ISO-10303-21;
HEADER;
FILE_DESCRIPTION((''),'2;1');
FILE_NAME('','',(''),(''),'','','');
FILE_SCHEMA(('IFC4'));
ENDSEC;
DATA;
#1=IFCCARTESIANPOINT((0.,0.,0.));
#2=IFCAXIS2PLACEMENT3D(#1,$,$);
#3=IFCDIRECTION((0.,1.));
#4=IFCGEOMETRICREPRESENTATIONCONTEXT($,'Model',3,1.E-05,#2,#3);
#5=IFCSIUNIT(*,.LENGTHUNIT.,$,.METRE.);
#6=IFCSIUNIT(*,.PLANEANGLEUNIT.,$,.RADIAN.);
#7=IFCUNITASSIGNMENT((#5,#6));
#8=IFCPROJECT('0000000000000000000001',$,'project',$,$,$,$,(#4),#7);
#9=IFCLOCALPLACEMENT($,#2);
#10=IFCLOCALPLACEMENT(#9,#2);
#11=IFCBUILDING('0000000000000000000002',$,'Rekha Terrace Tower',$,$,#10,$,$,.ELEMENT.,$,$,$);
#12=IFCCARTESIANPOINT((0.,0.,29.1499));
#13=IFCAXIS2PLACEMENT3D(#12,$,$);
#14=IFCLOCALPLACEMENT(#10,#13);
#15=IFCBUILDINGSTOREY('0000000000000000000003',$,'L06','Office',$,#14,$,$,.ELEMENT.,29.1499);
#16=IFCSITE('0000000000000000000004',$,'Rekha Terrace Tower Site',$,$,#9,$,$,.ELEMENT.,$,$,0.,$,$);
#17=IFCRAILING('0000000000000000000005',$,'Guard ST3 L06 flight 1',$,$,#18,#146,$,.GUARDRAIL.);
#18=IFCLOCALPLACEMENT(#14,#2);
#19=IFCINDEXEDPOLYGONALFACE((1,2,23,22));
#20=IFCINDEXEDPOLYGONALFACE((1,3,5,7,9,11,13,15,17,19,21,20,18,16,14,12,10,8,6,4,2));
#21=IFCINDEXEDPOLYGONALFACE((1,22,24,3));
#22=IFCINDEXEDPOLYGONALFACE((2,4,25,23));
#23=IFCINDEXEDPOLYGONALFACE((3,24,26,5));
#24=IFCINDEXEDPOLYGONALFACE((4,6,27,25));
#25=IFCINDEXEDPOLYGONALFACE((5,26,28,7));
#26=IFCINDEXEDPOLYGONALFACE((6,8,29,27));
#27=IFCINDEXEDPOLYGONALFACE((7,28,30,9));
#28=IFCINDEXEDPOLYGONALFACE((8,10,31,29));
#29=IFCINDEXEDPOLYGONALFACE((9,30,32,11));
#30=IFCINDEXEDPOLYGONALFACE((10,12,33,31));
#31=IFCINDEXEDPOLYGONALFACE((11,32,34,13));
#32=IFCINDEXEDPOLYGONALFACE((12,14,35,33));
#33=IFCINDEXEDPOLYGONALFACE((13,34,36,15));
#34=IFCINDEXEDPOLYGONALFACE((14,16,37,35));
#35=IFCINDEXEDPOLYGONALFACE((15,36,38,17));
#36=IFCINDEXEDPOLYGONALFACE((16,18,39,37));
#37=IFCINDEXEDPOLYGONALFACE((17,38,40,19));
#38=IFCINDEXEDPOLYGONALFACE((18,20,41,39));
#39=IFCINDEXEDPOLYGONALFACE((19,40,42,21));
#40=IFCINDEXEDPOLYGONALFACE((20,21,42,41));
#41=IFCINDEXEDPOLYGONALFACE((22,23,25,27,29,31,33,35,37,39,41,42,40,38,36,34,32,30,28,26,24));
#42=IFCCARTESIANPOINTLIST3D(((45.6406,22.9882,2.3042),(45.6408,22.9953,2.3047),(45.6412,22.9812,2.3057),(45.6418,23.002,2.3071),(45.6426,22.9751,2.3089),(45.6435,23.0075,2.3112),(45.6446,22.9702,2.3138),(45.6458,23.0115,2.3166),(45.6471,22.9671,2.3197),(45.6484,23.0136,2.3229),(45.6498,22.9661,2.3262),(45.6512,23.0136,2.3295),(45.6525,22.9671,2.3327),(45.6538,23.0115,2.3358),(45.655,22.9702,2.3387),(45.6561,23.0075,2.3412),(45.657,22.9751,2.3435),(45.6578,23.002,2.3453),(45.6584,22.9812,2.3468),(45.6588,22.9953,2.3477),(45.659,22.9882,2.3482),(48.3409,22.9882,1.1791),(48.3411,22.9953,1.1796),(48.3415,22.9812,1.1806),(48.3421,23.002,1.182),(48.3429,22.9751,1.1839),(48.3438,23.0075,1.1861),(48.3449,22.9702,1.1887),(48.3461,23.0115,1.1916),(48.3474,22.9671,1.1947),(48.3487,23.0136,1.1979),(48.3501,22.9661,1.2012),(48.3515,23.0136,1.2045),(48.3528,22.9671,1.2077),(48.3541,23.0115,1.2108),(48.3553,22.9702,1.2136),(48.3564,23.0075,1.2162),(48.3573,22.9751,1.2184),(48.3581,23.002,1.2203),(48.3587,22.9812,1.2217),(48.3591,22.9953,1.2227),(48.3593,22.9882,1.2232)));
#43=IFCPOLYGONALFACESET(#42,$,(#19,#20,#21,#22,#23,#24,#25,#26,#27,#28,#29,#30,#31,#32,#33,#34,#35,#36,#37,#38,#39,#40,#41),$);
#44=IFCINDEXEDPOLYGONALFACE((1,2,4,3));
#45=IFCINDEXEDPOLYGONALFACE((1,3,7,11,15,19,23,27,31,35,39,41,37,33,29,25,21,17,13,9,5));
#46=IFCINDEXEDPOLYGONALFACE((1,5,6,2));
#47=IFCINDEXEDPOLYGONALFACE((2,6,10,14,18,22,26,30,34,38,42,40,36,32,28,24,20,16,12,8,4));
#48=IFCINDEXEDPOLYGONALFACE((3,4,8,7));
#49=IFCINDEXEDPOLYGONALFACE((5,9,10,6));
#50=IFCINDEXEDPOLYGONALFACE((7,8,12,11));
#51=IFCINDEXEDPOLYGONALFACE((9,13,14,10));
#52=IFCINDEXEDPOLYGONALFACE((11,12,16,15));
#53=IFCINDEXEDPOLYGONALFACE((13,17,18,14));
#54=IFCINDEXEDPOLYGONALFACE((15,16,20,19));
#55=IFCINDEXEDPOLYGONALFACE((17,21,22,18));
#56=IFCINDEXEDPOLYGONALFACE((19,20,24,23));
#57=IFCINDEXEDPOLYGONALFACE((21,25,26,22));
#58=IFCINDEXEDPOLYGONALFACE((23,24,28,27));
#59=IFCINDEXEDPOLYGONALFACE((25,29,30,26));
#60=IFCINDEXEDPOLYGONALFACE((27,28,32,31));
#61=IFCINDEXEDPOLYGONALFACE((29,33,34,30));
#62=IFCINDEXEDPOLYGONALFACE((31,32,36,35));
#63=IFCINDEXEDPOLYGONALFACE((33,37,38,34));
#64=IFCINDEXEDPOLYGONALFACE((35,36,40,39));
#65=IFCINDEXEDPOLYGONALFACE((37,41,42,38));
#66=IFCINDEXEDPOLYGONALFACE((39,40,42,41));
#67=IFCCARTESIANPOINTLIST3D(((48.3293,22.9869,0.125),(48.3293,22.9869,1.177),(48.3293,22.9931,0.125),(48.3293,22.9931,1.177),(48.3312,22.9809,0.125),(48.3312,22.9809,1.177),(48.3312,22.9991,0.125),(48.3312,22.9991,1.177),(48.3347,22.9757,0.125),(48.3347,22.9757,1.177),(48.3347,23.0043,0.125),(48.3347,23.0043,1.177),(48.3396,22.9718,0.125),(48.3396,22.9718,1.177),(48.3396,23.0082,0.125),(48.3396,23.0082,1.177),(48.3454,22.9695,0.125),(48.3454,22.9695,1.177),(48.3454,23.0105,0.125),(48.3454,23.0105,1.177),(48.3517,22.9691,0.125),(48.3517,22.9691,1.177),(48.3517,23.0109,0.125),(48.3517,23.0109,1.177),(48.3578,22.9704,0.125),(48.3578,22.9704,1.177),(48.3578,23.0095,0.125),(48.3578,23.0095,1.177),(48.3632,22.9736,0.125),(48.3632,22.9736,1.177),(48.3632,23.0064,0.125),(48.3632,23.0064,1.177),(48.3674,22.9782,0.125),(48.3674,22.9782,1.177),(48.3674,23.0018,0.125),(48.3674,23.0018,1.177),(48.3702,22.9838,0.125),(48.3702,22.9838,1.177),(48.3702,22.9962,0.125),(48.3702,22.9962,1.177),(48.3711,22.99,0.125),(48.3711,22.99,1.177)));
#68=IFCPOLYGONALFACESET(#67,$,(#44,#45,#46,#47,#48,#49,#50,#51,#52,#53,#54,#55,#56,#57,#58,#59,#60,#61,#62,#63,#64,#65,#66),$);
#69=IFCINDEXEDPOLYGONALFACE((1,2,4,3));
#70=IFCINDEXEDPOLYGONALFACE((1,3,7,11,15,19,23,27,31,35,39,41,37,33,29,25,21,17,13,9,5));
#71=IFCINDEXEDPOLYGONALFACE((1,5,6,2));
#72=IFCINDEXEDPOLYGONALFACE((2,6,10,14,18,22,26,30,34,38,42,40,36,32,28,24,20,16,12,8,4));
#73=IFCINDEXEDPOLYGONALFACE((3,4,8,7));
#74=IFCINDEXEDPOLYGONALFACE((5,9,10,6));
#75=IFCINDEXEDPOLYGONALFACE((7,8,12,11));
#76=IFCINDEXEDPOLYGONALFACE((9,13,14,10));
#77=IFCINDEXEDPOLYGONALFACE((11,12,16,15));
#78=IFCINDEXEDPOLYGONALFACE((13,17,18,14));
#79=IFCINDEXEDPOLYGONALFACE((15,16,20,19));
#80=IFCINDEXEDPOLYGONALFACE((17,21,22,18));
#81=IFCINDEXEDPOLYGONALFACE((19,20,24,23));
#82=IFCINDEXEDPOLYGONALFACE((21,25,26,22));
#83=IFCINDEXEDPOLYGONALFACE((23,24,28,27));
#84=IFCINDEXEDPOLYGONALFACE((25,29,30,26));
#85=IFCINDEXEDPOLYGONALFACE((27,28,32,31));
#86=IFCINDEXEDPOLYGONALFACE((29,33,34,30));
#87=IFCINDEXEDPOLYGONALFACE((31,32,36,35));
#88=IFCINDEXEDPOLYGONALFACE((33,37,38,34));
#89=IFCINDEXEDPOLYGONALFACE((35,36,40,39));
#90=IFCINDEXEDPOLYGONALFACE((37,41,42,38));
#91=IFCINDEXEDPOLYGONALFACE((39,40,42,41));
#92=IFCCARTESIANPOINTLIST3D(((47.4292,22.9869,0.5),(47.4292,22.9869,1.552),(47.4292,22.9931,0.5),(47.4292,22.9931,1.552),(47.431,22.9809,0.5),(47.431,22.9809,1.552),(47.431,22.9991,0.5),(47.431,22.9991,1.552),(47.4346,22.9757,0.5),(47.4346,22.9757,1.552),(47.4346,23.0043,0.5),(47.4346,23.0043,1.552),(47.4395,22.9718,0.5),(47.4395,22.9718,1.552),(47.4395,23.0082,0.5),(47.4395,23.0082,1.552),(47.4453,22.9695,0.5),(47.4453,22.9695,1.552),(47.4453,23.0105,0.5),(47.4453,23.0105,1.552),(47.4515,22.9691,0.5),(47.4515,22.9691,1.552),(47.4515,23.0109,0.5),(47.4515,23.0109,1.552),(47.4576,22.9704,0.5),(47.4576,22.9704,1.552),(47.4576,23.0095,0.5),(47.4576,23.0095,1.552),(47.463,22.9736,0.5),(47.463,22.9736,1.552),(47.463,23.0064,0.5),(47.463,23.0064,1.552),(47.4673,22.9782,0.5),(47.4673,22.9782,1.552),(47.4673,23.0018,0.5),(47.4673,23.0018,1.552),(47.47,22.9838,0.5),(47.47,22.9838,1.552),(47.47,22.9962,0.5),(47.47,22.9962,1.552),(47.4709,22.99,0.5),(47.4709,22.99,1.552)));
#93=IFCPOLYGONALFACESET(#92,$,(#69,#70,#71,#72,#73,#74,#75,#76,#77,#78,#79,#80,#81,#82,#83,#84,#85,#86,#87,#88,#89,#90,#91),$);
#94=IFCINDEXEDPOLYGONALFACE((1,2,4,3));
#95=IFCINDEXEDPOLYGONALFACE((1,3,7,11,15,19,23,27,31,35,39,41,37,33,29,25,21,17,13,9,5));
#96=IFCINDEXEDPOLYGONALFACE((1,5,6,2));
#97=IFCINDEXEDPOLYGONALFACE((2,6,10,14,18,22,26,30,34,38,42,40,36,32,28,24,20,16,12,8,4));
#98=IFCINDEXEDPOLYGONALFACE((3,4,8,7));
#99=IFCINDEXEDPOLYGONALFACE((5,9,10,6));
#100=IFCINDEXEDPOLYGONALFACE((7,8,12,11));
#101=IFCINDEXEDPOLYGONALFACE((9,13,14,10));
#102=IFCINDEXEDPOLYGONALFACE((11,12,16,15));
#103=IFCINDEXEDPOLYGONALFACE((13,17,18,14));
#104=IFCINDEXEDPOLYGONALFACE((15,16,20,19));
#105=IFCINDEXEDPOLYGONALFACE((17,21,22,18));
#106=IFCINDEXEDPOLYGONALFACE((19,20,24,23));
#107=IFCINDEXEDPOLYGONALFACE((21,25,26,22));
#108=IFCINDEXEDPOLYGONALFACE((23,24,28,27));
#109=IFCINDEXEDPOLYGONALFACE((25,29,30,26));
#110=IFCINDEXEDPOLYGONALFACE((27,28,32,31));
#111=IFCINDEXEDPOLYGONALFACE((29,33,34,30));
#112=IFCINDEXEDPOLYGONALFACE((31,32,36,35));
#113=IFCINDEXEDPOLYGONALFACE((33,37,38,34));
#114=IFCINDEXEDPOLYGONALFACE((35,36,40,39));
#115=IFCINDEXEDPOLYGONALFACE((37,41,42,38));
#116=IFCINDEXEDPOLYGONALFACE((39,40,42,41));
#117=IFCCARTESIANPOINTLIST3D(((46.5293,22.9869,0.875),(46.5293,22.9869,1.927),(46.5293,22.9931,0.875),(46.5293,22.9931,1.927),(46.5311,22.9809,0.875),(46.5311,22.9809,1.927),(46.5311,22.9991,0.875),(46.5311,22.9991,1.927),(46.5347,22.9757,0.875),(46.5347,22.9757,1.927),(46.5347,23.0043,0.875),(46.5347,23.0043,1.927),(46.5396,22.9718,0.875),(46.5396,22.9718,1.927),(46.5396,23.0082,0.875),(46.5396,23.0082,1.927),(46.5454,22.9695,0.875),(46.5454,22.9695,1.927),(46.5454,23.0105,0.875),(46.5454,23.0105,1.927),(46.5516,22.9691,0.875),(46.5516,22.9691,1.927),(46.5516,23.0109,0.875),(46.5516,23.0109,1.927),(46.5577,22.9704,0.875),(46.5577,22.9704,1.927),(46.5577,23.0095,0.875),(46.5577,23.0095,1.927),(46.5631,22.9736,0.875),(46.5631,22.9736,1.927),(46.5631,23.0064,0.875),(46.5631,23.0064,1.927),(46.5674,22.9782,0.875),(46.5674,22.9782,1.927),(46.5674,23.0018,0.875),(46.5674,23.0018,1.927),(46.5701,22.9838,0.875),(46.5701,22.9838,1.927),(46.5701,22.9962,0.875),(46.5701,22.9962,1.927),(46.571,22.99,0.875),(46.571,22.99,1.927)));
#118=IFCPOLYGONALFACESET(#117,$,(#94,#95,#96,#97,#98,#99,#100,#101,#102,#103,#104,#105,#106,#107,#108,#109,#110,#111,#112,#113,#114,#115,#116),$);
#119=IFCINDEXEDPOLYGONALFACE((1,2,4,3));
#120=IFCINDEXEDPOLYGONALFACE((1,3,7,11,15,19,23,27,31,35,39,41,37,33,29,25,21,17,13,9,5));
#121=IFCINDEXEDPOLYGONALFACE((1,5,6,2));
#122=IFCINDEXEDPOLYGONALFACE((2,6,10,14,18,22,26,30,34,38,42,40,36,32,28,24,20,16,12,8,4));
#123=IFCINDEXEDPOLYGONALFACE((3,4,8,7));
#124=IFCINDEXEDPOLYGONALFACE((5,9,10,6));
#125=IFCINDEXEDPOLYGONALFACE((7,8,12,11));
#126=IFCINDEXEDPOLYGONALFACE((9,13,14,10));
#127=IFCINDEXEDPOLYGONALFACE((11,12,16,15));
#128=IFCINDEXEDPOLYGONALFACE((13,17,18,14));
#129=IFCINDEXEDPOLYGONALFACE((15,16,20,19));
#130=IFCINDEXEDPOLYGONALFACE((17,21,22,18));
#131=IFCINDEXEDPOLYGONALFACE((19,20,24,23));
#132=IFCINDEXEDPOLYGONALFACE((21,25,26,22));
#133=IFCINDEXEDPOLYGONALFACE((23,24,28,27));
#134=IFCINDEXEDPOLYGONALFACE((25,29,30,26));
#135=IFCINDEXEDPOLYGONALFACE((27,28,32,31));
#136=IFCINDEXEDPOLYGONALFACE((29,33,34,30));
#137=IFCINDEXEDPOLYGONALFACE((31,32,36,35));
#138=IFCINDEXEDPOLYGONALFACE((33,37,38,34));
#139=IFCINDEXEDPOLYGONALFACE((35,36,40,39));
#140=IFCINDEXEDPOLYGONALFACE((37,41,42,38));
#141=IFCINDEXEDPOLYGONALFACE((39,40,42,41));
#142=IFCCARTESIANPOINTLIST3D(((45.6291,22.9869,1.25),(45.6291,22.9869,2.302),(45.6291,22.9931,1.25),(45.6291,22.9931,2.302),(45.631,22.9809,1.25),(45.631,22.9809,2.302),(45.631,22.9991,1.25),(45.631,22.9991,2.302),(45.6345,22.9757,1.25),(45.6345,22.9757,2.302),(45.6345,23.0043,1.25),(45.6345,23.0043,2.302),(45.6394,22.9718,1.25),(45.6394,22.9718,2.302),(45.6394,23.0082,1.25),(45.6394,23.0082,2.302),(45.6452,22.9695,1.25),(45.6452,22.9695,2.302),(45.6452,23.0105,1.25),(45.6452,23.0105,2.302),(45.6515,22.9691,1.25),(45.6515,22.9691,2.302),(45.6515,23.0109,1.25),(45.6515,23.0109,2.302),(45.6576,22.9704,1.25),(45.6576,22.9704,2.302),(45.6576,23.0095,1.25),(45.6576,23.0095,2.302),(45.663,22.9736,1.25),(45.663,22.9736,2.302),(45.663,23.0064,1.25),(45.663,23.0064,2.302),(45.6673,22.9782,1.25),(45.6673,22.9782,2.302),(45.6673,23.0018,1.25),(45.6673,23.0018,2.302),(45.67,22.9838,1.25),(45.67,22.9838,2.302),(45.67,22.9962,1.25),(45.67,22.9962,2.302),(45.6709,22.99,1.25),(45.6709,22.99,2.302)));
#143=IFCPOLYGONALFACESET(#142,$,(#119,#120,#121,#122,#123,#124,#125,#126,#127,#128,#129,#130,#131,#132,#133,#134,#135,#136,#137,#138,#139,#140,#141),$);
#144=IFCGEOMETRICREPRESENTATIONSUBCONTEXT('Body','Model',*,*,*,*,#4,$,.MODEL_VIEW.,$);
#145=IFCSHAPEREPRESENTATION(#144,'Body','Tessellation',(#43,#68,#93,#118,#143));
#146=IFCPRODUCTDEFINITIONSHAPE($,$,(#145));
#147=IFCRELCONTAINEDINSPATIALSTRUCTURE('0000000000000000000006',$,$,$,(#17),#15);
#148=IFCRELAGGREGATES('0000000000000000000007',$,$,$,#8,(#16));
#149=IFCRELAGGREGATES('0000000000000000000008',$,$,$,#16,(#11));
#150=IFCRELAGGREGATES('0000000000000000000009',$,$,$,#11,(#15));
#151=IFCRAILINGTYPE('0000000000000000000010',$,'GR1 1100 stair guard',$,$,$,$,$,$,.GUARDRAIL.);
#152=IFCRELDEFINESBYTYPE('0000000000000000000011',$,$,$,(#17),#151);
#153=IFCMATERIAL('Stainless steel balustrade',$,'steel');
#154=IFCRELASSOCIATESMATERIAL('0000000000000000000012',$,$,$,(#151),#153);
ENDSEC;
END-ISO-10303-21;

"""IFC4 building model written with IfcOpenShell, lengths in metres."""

from ifc_helpers import new_model, si_unit, direction, frame, origin, origin_2d, place, context, subcontext, project, spatial, circle, extrude, material, type_object, element, save


model = new_model("IFC4")

# Units and contexts
model_context = context("Model", 3, precision=1e-05, world=origin(), true_north=direction((0.0, 1.0)))
body_context = subcontext(model_context, "Body", "Model", "MODEL_VIEW")
ifc_project = project(units=[si_unit("LENGTHUNIT", "METRE"), si_unit("PLANEANGLEUNIT", "RADIAN")], contexts=[model_context])

# Site, building, storey
site_placement = place(None, origin())
site = spatial("IfcSite", under=ifc_project, at=site_placement, Name="Rekha Terrace Tower Site", CompositionType="ELEMENT", RefElevation=0.0)
building_placement = place(site_placement, origin())
building = spatial("IfcBuilding", under=site, at=building_placement, Name="Rekha Terrace Tower", CompositionType="ELEMENT")
storey_placement = place(building_placement, frame((0.0, 0.0, 29.1499)))
storey = spatial("IfcBuildingStorey", under=building, at=storey_placement, Name="L06", Description="Office", CompositionType="ELEMENT", Elevation=29.1499)

# Railing
ifc_material_1 = material(Name="Stainless steel balustrade", Category="steel")
railing_type = type_object("IfcRailingType", Name="GR1 1100 stair guard", PredefinedType="GUARDRAIL", material=ifc_material_1)
railing_1_placement = place(storey_placement, frame((48.3501, 22.99, 0.125)))
element("IfcRailing", 1, at=railing_1_placement, inside=storey, type_object=railing_type, Name="Guard ST3 L06 flight 1", PredefinedType="GUARDRAIL", context=body_context, shape_type="SweptSolid", body=[
    extrude(circle(Radius=0.0239, at=origin_2d()), frame((0.0, 0.0, 1.0762), z_axis=(-0.923087, 0.0, 0.384592), x_axis=(0.0, -1.0, 0.0)), (0.0, 0.0, 1.0), 2.9253),
    extrude(circle(Radius=0.021, at=origin_2d()), origin(), (0.0, 0.0, 1.0), 1.052),
    extrude(circle(Radius=0.021, at=origin_2d()), frame((-0.9001, 0.0, 0.375)), (0.0, 0.0, 1.0), 1.052),
    extrude(circle(Radius=0.021, at=origin_2d()), frame((-1.8, 0.0, 0.75)), (0.0, 0.0, 1.0), 1.052),
    extrude(circle(Radius=0.021, at=origin_2d()), frame((-2.7002, 0.0, 1.125)), (0.0, 0.0, 1.0), 1.052),
])

save(model, "model.ifc")
